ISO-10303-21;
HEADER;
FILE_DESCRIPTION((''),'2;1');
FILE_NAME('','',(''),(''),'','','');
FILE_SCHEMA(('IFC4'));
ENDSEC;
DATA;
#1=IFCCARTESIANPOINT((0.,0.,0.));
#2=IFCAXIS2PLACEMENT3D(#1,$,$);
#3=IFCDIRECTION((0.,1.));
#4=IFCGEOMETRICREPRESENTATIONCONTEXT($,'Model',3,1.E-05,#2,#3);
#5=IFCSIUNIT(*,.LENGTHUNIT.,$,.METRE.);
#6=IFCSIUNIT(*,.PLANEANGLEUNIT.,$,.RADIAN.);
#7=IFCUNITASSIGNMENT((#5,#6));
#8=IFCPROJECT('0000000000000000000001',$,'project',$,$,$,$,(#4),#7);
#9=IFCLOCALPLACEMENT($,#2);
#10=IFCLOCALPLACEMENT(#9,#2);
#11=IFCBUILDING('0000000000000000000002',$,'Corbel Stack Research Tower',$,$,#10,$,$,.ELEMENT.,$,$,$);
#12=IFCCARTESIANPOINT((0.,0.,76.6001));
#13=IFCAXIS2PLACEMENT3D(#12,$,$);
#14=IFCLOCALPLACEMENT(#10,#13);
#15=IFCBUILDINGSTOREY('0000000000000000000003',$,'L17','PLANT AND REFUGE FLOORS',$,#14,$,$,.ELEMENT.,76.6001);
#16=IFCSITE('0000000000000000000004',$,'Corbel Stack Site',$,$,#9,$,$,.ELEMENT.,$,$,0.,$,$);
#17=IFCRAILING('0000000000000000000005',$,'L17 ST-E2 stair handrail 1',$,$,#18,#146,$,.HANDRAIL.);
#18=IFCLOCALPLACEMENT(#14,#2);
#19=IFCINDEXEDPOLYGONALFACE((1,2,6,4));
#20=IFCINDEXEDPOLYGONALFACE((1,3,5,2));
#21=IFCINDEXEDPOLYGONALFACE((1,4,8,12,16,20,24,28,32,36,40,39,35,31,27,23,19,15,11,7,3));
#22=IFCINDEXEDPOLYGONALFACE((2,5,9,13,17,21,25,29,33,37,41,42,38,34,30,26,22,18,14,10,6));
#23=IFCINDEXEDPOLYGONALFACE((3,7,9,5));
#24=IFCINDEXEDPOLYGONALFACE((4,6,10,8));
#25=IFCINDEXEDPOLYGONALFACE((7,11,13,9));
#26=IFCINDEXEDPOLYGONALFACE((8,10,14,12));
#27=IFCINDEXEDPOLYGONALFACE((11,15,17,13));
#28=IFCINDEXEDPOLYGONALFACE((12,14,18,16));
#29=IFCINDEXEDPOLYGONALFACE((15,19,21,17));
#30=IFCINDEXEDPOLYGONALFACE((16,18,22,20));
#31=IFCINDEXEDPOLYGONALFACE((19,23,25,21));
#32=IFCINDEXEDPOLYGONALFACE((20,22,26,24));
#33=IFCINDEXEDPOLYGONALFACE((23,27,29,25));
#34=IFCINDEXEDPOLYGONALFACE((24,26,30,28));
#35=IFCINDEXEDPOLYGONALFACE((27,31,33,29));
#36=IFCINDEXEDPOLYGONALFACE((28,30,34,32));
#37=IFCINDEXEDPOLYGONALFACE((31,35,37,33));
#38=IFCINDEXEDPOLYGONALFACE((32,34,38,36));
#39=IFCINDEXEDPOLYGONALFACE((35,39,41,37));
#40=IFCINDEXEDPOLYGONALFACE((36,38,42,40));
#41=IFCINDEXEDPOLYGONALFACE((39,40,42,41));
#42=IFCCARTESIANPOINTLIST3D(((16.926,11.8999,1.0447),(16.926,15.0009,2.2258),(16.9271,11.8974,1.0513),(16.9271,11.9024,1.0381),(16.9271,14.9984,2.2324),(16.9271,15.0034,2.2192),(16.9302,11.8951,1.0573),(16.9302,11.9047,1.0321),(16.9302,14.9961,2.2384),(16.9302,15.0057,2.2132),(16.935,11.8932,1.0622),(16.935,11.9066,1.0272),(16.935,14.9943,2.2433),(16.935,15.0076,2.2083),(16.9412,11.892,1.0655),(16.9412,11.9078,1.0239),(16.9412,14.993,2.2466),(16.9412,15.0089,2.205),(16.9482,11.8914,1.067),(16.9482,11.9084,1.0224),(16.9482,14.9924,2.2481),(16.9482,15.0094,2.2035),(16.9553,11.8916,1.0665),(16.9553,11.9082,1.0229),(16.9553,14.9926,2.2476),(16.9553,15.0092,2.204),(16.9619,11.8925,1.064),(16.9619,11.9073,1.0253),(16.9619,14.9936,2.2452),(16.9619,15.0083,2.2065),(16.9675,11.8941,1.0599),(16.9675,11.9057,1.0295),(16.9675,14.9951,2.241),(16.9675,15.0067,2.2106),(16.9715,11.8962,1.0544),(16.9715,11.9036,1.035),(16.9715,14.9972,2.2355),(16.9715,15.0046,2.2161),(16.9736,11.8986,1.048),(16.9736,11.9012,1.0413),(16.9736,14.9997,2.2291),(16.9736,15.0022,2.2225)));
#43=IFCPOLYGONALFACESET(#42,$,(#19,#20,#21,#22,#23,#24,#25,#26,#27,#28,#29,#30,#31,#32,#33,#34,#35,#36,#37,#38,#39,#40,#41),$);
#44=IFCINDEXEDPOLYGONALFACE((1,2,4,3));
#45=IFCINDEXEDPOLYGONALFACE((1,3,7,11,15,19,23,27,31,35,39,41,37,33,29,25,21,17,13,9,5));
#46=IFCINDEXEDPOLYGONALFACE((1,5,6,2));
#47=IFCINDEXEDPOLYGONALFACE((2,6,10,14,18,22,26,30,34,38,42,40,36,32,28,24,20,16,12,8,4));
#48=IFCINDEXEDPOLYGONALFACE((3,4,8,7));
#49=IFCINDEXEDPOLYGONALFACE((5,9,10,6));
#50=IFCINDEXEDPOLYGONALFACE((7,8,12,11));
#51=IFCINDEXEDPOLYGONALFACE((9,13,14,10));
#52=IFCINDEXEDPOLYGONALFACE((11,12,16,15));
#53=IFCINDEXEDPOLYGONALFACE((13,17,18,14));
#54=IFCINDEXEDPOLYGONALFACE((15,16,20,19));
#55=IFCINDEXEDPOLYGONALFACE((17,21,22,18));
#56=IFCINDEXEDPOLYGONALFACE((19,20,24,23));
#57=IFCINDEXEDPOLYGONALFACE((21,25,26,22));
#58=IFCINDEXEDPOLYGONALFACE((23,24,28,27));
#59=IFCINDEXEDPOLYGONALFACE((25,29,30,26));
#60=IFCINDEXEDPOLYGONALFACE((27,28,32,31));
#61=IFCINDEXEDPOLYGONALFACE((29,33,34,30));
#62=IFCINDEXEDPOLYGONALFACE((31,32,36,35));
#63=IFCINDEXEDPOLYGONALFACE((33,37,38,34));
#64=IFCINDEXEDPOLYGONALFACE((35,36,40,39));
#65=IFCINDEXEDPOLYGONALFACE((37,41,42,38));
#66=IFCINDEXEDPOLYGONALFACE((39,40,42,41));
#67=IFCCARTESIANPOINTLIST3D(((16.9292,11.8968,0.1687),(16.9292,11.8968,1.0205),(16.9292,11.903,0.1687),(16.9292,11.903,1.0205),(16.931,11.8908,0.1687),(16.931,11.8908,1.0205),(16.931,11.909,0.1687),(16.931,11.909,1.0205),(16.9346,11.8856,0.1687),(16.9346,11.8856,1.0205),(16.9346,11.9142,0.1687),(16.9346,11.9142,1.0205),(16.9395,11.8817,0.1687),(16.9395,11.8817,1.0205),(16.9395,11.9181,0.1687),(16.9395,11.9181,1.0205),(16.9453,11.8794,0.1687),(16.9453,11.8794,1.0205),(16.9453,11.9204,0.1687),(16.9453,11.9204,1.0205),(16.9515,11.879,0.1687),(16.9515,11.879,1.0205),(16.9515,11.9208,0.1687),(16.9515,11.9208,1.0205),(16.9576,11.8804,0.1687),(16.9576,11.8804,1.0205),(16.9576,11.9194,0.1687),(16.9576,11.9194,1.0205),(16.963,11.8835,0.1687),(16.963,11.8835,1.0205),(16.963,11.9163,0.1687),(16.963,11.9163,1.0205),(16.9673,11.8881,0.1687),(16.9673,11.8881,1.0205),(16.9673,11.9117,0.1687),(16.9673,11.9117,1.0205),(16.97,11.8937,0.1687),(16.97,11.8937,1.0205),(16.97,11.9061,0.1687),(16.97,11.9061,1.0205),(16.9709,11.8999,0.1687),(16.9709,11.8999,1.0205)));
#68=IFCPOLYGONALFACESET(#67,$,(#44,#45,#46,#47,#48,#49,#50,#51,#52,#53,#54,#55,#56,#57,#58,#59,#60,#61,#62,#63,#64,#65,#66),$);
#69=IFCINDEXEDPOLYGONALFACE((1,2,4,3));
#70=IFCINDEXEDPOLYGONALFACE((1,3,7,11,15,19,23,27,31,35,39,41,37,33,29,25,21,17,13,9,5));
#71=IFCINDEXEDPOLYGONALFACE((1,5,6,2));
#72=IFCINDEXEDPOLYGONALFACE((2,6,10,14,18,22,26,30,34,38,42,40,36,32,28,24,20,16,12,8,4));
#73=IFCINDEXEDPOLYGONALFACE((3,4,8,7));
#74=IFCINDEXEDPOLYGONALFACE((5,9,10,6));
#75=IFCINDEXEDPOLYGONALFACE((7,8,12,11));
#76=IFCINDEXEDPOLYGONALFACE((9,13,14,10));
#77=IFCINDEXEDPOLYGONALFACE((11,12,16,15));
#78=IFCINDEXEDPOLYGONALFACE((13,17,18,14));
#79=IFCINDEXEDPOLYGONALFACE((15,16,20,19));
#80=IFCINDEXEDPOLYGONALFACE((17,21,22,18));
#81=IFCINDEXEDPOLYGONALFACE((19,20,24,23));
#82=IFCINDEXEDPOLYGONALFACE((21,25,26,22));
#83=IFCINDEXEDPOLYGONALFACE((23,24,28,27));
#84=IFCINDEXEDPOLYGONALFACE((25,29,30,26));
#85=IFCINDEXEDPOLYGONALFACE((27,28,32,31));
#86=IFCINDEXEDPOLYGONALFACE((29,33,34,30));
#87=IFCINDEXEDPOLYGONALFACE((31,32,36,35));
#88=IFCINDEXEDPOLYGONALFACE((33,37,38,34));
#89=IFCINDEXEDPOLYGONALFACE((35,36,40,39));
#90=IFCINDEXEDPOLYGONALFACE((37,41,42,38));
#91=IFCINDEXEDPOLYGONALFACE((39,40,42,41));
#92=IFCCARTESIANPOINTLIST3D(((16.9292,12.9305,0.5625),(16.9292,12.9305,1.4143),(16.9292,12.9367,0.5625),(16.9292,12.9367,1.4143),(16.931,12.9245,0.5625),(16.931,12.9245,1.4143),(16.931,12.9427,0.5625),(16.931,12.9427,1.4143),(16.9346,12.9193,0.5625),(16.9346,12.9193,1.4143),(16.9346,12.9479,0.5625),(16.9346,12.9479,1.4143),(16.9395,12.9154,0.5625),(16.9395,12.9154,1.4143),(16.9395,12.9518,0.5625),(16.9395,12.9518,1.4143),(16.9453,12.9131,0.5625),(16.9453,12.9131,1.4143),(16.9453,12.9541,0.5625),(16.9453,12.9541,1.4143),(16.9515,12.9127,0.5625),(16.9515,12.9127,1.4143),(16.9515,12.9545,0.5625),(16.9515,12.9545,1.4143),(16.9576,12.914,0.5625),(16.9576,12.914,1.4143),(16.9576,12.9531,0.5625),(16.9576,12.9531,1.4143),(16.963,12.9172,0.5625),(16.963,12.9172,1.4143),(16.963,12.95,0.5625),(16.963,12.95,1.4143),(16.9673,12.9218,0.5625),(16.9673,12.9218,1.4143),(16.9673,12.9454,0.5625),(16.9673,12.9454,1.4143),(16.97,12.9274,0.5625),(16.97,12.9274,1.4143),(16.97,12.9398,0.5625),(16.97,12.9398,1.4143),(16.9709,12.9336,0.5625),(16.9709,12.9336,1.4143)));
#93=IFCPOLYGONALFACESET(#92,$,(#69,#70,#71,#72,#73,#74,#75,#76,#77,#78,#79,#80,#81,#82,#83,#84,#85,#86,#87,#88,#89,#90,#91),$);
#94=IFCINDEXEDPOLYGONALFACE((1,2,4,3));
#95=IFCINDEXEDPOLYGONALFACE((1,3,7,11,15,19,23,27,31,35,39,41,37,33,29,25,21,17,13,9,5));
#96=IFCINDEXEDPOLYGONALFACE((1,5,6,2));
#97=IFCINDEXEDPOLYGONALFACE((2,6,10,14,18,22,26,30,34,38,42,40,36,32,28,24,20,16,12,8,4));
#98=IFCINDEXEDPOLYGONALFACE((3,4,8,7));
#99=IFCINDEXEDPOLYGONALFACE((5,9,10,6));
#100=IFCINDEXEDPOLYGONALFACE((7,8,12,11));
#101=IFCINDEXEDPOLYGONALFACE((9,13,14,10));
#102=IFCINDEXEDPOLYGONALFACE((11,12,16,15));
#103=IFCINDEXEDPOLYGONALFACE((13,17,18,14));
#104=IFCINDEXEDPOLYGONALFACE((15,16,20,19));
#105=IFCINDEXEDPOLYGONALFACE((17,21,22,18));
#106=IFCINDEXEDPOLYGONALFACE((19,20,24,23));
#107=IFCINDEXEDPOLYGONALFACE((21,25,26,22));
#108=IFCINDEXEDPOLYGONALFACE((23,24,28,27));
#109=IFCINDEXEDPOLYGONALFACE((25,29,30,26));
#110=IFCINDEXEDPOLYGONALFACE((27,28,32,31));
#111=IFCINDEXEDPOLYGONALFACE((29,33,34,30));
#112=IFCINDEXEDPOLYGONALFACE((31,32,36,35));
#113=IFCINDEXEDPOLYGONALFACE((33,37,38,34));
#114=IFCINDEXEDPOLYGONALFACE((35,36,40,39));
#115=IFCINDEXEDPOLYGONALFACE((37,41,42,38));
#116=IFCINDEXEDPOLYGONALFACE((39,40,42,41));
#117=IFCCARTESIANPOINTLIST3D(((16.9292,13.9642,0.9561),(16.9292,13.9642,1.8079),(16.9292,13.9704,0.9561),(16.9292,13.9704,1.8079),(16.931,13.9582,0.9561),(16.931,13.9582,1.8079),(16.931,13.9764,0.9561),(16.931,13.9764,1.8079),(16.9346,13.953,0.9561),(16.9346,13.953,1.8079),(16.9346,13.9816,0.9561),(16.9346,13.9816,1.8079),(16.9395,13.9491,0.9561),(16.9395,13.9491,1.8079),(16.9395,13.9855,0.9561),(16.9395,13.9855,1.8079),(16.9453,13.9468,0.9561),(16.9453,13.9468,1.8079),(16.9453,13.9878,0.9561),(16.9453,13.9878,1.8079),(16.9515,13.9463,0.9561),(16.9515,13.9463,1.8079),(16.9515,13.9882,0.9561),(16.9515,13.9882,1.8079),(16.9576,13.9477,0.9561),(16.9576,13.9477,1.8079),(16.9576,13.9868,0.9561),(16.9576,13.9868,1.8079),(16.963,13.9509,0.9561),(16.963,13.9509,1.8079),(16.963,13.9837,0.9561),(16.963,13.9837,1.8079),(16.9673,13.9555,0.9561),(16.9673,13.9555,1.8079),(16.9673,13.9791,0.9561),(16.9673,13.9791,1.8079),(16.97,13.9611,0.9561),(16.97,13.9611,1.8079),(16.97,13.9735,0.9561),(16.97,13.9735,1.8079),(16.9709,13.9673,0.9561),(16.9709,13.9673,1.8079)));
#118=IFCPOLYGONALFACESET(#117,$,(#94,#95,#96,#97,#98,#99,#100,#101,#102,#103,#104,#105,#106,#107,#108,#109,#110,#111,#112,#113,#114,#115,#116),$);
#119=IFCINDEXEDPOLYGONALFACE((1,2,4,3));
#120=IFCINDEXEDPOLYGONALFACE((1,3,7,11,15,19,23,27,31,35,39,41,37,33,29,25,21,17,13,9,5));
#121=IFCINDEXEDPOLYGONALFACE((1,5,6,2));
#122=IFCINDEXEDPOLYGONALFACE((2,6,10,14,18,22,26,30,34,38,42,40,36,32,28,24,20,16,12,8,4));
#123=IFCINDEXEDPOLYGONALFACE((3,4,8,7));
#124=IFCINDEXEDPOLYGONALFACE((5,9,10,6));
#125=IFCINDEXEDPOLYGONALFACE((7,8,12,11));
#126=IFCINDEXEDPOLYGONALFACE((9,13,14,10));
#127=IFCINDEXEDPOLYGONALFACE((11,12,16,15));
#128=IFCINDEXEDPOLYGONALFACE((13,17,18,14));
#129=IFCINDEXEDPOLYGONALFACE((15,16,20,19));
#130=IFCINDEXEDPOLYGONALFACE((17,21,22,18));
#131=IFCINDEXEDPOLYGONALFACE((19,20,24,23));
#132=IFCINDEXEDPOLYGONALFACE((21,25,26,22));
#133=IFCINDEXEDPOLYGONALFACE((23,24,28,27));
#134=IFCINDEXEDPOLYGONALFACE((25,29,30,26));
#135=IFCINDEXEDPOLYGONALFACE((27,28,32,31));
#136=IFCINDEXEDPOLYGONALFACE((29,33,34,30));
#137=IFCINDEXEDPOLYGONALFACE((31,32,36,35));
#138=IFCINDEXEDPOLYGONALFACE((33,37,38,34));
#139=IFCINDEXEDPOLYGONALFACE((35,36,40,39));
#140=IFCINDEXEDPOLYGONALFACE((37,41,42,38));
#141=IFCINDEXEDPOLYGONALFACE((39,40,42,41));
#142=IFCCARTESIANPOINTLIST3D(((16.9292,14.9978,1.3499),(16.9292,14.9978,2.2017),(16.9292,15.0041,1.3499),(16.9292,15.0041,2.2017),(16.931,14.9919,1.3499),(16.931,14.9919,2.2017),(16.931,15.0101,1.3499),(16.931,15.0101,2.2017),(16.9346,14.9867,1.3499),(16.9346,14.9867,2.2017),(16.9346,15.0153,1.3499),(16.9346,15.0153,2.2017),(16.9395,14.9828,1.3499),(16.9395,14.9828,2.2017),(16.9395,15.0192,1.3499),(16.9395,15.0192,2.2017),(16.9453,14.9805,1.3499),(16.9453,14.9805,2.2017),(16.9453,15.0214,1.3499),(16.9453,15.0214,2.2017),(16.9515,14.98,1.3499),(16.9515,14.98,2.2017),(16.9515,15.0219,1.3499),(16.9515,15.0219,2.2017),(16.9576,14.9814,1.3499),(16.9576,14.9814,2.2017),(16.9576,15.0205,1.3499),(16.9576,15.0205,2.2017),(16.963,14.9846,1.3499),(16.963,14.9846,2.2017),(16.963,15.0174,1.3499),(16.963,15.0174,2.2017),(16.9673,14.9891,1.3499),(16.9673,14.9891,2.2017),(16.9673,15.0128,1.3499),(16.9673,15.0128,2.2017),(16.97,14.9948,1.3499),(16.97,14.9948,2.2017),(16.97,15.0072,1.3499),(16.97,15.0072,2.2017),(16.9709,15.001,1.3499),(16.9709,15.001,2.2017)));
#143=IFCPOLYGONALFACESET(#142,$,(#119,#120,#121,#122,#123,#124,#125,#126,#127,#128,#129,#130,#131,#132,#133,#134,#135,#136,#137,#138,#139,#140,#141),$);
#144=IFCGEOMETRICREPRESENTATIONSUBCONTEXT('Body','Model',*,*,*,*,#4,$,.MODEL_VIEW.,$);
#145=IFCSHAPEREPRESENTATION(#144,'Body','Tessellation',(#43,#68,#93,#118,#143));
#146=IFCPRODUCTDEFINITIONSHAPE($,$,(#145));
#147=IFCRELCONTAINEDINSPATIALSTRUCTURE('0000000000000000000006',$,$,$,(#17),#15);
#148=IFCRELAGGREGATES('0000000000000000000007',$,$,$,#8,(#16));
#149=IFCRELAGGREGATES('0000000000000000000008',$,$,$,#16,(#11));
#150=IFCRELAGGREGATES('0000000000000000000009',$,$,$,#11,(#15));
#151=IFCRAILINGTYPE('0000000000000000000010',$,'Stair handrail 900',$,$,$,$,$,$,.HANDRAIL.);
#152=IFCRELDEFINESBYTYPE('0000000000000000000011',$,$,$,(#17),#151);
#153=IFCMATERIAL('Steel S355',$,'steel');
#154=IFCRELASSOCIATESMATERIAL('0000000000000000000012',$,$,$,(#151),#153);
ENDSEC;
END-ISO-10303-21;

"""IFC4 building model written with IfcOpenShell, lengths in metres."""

from ifc_helpers import new_model, si_unit, direction, frame, origin, origin_2d, place, context, subcontext, project, spatial, circle, extrude, material, type_object, element, save


model = new_model("IFC4")

# Units and contexts
model_context = context("Model", 3, precision=1e-05, world=origin(), true_north=direction((0.0, 1.0)))
body_context = subcontext(model_context, "Body", "Model", "MODEL_VIEW")
ifc_project = project(units=[si_unit("LENGTHUNIT", "METRE"), si_unit("PLANEANGLEUNIT", "RADIAN")], contexts=[model_context])

# Site, building, storey
site_placement = place(None, origin())
site = spatial("IfcSite", under=ifc_project, at=site_placement, Name="Corbel Stack Site", CompositionType="ELEMENT", RefElevation=0.0)
building_placement = place(site_placement, origin())
building = spatial("IfcBuilding", under=site, at=building_placement, Name="Corbel Stack Research Tower", CompositionType="ELEMENT")
storey_placement = place(building_placement, frame((0.0, 0.0, 76.6001)))
storey = spatial("IfcBuildingStorey", under=building, at=storey_placement, Name="L17", Description="PLANT AND REFUGE FLOORS", CompositionType="ELEMENT", Elevation=76.6001)

# Railing
ifc_material_1 = material(Name="Steel S355", Category="steel")
railing_type_1 = type_object("IfcRailingType", Name="Stair handrail 900", PredefinedType="HANDRAIL", material=ifc_material_1)
for number, where, name in (
    (1, (16.95, 11.8999, 0.1687), "L17 ST-E2 stair handrail 1"),
):
    element("IfcRailing", number, at=place(storey_placement, frame(where)), inside=storey, type_object=railing_type_1, Name=name, PredefinedType="HANDRAIL", context=body_context, shape_type="SweptSolid", body=[
        extrude(circle(Radius=0.0239, at=origin_2d()), frame((0.0, 0.0, 0.876), z_axis=(0.0, 0.934509, 0.35594), x_axis=(-1.0, 0.0, 0.0)), (0.0, 0.0, 1.0), 3.3184),
        extrude(circle(Radius=0.021, at=origin_2d()), origin(), (0.0, 0.0, 1.0), 0.8518),
        extrude(circle(Radius=0.021, at=origin_2d()), frame((0.0, 1.0337, 0.3938)), (0.0, 0.0, 1.0), 0.8518),
        extrude(circle(Radius=0.021, at=origin_2d()), frame((0.0, 2.0674, 0.7874)), (0.0, 0.0, 1.0), 0.8518),
        extrude(circle(Radius=0.021, at=origin_2d()), frame((0.0, 3.1011, 1.1812)), (0.0, 0.0, 1.0), 0.8518),
    ])

save(model, "model.ifc")
